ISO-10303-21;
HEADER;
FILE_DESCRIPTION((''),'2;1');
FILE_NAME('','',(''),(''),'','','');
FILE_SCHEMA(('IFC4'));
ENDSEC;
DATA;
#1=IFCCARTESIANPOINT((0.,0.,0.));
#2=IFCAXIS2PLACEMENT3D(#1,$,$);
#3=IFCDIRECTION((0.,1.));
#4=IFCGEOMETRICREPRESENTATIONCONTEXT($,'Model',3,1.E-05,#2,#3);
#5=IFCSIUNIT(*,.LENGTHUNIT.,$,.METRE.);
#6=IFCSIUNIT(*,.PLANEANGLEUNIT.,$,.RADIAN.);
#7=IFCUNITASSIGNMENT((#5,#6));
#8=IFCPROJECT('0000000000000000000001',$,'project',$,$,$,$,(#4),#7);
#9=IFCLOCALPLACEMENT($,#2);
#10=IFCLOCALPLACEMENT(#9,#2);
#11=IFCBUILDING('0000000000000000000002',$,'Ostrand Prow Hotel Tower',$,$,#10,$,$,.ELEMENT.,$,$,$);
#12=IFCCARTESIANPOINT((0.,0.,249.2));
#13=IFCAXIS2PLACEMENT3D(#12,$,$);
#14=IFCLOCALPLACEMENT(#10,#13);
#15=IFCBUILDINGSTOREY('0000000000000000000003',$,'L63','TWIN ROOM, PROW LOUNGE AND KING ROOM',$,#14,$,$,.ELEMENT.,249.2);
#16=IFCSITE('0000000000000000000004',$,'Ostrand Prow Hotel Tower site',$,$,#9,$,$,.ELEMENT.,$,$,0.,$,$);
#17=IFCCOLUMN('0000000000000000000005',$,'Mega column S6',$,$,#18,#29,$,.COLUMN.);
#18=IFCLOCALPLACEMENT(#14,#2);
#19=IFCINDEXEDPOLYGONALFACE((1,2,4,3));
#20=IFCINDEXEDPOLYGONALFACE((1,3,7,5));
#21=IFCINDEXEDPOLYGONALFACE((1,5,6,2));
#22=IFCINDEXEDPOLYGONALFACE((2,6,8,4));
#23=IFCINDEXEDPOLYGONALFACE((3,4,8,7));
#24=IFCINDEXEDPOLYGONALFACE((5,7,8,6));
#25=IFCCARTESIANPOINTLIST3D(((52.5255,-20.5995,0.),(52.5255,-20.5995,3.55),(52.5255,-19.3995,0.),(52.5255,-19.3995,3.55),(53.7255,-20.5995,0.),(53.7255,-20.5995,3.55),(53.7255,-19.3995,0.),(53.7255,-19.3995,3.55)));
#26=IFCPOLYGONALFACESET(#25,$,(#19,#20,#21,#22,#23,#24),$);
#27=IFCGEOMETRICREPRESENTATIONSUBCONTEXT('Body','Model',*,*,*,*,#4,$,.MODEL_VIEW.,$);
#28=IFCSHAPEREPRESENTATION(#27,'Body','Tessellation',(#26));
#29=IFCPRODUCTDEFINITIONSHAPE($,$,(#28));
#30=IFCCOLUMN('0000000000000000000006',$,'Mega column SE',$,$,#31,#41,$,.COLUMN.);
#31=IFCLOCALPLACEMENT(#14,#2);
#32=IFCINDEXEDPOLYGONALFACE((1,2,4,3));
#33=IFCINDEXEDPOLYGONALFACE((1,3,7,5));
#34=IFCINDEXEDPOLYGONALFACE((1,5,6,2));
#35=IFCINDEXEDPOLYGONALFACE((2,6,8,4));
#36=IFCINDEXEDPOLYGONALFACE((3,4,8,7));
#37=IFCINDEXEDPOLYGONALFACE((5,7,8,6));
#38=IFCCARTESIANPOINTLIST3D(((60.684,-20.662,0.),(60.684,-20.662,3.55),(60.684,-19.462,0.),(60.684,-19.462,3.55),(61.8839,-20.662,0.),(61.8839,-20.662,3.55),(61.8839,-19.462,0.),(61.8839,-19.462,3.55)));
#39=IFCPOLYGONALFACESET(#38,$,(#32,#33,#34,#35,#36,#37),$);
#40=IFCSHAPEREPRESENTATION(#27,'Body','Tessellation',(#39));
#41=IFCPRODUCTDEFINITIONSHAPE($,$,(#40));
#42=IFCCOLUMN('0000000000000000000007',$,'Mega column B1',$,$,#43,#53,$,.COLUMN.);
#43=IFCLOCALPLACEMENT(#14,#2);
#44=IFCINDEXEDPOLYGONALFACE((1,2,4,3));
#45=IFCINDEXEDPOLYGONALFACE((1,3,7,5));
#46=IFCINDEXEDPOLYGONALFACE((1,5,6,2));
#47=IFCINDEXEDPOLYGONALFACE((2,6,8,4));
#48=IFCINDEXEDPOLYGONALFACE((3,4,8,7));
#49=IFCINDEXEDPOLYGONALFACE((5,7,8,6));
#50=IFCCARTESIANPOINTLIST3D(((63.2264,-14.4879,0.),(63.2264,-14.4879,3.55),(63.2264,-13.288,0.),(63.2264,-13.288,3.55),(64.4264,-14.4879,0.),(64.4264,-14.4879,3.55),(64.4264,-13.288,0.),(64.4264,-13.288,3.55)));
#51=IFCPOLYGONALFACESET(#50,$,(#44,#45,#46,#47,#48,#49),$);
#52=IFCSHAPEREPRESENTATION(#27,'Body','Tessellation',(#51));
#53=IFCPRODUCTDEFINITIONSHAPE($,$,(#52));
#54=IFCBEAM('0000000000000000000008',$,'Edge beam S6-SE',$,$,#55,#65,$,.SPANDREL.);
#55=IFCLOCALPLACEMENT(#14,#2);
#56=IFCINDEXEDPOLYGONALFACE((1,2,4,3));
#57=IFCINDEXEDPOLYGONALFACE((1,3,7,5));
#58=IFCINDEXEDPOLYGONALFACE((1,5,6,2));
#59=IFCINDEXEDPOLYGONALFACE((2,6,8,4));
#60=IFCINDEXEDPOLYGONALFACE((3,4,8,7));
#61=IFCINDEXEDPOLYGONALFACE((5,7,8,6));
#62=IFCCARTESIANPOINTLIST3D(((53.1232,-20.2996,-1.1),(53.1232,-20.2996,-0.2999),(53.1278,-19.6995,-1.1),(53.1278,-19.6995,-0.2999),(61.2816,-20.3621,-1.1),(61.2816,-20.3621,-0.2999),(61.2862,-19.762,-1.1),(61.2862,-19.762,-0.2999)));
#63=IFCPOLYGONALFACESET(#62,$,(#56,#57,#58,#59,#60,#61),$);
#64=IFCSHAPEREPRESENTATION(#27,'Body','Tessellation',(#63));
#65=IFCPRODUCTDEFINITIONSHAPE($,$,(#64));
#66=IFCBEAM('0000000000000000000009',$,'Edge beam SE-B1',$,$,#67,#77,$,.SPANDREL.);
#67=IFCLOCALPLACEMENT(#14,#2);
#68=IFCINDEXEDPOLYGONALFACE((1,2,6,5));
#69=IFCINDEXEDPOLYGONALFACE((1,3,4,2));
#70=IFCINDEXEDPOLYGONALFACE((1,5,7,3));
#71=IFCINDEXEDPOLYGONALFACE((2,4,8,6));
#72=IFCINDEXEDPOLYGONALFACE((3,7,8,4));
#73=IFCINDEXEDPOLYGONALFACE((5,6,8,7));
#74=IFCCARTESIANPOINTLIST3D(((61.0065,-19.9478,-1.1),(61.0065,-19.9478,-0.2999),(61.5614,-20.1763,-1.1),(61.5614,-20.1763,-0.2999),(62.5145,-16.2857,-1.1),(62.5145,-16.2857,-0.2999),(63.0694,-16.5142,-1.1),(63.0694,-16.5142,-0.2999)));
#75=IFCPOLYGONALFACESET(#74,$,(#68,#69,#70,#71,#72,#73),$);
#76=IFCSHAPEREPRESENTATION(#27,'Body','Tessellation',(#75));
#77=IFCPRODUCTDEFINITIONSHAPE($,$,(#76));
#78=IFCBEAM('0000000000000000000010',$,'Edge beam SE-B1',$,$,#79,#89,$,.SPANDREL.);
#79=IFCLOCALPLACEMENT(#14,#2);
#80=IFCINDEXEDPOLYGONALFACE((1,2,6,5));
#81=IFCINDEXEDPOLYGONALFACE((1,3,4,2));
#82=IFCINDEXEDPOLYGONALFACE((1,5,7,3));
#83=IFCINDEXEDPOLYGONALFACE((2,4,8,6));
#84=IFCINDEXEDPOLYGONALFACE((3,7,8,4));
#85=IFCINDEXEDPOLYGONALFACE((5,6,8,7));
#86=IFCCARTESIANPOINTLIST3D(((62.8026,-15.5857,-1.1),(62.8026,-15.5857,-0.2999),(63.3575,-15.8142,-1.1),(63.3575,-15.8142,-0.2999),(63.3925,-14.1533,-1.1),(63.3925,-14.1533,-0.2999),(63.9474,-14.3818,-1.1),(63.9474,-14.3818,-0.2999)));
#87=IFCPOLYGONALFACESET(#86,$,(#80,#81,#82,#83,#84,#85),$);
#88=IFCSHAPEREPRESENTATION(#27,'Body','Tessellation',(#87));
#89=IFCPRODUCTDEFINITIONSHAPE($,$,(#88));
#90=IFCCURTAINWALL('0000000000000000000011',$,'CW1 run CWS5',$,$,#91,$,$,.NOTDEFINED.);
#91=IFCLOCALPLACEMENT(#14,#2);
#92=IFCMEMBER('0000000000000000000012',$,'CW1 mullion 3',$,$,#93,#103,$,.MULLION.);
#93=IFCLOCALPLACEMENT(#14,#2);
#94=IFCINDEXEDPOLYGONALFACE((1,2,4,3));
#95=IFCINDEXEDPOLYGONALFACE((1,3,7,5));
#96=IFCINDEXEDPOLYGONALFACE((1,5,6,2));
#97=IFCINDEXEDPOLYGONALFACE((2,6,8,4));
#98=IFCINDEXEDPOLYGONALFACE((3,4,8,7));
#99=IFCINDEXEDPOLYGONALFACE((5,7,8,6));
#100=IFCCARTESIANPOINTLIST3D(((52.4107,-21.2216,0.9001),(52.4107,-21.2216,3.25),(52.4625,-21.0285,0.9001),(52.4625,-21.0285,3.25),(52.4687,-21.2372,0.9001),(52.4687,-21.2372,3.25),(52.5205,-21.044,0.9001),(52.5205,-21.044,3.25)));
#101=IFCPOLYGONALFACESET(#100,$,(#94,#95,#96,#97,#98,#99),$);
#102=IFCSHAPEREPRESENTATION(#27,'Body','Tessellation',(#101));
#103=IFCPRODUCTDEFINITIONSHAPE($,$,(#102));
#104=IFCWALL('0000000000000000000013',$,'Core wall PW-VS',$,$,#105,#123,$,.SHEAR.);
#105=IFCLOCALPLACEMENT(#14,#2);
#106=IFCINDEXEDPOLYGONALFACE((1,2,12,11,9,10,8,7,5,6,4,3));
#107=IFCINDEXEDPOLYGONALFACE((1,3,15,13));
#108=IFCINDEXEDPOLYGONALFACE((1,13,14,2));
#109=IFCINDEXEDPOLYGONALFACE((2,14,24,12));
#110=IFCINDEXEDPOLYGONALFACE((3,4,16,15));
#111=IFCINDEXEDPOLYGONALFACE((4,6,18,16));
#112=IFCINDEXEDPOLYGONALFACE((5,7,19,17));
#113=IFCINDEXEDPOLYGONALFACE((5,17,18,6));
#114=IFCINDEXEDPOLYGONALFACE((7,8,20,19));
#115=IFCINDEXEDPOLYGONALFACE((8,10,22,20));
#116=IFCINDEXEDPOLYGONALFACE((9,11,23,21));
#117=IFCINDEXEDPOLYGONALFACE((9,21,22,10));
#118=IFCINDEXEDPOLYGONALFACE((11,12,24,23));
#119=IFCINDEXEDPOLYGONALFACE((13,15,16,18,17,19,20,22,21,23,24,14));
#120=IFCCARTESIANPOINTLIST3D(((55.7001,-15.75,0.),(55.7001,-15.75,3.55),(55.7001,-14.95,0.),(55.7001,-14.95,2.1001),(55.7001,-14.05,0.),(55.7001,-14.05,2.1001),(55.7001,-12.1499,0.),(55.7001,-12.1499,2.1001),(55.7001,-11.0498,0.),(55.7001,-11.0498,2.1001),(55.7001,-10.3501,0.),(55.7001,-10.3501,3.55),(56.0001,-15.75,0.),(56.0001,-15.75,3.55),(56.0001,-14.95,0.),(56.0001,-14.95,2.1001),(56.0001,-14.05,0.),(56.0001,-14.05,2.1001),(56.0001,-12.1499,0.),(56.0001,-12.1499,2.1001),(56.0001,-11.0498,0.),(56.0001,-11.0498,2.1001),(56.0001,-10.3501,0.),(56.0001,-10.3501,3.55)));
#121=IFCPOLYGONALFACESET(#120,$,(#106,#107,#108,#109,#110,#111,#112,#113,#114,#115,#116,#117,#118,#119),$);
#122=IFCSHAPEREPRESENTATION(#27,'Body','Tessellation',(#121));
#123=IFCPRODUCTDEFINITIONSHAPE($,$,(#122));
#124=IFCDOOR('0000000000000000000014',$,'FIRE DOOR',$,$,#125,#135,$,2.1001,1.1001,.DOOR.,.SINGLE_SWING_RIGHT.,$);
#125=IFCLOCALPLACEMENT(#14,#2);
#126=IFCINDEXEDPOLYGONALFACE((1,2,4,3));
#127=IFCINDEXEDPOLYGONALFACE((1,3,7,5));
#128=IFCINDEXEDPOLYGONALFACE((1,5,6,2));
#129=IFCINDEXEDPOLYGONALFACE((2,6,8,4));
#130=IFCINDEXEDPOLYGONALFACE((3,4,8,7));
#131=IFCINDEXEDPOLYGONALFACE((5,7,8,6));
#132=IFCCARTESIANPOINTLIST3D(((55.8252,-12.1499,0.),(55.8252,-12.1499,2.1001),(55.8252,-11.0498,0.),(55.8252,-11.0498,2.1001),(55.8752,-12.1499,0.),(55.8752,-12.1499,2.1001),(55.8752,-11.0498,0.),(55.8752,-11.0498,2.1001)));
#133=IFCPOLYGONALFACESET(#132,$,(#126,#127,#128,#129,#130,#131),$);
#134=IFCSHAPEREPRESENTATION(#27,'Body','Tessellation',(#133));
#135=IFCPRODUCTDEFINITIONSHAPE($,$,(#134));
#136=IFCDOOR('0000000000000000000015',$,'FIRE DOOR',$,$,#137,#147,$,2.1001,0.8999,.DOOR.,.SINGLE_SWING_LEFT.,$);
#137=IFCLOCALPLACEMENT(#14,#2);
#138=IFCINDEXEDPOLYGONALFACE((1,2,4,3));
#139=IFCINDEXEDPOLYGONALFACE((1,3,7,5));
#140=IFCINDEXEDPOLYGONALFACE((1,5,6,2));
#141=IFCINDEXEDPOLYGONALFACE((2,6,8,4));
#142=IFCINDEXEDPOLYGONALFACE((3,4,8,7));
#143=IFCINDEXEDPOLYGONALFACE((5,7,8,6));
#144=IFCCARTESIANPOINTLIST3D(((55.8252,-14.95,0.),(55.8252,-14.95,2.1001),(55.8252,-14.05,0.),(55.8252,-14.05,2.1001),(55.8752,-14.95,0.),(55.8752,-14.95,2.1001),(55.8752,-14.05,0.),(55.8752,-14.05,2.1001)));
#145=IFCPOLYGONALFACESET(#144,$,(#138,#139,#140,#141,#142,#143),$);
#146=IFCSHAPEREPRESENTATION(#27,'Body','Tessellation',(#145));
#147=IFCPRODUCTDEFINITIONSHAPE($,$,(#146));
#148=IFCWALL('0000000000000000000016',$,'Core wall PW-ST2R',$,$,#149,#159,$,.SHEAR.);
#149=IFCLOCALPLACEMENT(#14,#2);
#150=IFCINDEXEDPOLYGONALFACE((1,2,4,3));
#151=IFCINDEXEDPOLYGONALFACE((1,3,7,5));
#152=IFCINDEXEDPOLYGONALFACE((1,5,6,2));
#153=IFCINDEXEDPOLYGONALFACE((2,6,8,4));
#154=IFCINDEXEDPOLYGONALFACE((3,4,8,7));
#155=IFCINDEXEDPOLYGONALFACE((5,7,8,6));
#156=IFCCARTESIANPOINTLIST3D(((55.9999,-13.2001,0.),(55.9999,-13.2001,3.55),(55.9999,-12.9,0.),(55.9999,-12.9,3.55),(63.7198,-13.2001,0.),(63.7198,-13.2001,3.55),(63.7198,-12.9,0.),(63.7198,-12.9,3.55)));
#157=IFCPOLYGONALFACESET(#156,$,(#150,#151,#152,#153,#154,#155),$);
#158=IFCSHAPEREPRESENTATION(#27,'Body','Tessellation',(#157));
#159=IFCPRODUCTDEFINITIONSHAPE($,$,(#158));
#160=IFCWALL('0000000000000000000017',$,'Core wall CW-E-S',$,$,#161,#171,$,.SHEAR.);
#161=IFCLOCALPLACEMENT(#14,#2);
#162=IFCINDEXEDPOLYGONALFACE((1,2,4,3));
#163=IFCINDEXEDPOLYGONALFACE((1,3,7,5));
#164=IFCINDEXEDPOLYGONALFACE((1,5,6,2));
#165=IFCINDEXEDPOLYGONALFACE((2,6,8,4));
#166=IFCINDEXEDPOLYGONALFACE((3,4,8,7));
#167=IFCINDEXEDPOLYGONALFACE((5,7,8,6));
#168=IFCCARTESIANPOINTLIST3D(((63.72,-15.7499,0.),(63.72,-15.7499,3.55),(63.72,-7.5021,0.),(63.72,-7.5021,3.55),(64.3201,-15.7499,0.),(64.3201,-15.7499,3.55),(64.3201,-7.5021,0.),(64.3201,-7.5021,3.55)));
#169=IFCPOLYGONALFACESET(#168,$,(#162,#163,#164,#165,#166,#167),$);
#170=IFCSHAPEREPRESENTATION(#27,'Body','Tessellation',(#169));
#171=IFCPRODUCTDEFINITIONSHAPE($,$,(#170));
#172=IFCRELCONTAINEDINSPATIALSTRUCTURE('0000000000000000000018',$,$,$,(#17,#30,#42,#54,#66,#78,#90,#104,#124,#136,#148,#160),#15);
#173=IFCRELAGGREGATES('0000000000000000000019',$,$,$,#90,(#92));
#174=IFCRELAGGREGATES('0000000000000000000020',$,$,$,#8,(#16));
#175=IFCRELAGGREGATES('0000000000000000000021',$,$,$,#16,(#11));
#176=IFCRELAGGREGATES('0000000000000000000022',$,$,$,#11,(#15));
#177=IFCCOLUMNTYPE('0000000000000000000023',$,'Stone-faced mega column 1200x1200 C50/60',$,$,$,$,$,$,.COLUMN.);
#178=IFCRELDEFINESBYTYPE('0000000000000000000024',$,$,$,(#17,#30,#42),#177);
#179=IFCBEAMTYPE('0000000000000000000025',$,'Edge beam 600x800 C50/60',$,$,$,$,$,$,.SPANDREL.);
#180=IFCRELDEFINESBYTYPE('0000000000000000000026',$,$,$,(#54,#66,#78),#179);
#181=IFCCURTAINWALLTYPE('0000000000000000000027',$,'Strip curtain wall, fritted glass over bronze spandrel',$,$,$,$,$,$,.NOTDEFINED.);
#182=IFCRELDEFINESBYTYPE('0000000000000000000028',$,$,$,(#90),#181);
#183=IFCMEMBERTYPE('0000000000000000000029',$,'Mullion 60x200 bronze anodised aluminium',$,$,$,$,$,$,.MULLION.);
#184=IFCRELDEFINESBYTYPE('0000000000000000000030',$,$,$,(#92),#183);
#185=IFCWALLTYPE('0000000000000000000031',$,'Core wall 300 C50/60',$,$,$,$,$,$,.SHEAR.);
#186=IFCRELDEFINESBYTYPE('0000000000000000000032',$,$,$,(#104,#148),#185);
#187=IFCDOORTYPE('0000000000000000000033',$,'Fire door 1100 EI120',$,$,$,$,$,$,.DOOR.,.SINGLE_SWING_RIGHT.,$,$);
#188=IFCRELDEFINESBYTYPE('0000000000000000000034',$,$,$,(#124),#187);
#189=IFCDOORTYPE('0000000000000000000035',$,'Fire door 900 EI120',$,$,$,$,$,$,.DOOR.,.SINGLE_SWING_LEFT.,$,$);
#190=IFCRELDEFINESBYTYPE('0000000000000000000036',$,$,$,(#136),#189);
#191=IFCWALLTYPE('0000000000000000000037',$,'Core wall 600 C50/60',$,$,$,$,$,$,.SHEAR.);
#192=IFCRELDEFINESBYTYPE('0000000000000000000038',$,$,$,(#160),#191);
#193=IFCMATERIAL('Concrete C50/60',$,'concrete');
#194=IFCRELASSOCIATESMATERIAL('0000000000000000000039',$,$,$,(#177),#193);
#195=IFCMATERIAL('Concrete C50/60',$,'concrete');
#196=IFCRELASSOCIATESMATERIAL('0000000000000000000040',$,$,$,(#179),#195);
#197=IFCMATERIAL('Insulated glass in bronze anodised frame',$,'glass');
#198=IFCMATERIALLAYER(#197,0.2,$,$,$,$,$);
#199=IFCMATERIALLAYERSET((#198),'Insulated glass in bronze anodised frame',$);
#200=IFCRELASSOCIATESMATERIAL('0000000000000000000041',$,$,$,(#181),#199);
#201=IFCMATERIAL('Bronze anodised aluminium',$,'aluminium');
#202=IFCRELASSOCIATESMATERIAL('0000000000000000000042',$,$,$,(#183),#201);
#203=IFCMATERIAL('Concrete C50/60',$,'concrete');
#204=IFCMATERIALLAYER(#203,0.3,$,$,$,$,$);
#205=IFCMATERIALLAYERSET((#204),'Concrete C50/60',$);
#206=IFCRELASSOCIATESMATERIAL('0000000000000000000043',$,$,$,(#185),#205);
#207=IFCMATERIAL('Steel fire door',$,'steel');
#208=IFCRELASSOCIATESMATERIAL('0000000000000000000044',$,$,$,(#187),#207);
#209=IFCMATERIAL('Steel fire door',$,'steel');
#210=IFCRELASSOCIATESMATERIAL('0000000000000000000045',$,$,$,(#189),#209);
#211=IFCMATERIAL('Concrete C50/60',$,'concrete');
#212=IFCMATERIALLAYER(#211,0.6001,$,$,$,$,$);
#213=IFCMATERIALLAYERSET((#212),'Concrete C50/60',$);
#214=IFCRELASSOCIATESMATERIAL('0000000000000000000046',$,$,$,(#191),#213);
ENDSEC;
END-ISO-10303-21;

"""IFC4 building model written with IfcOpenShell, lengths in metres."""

from ifc_helpers import new_model, si_unit, direction, frame, frame_2d, origin, origin_2d, place, context, subcontext, project, spatial, rectangle, extrude, material, layer, layer_set, material_profile, profile_set, type_object, element, fill, aggregate, save


model = new_model("IFC4")

# Units and contexts
model_context = context("Model", 3, precision=1e-05, world=origin(), true_north=direction((0.0, 1.0)))
body_context = subcontext(model_context, "Body", "Model", "MODEL_VIEW")
ifc_project = project(units=[si_unit("LENGTHUNIT", "METRE"), si_unit("PLANEANGLEUNIT", "RADIAN")], contexts=[model_context])

# Site, building, storey
site_placement = place(None, origin())
site = spatial("IfcSite", under=ifc_project, at=site_placement, Name="Ostrand Prow Hotel Tower site", CompositionType="ELEMENT", RefElevation=0.0)
building_placement = place(site_placement, origin())
building = spatial("IfcBuilding", under=site, at=building_placement, Name="Ostrand Prow Hotel Tower", CompositionType="ELEMENT")
storey_placement = place(building_placement, frame((0.0, 0.0, 249.2)))
storey = spatial("IfcBuildingStorey", under=building, at=storey_placement, Name="L63", Description="TWIN ROOM, PROW LOUNGE AND KING ROOM", CompositionType="ELEMENT", Elevation=249.2)

# Columns
ifc_material_1 = material(Name="Concrete C50/60", Category="concrete")
ifc_material_profile_1 = material_profile(ifc_material_1, rectangle(XDim=1.2, YDim=1.2, at=origin_2d()), Name="RC 1200x1200")
ifc_profile_set_1 = profile_set([ifc_material_profile_1], Name="Concrete C50/60")
column_type = type_object("IfcColumnType", Name="Stone-faced mega column 1200x1200 C50/60", PredefinedType="COLUMN", material=ifc_profile_set_1)
for number, where, z_axis, x_axis, name in (
    (1, (53.1255, -19.9995, 0.0), (0.0, 0.0, 1.0), (1.0, 0.0, 0.0), "Mega column S6"),
    (2, (61.2839, -20.062, 0.0), (0.0, 0.0, 1.0), (1.0, 0.0, 0.0), "Mega column SE"),
    (3, (63.8264, -13.8879, 0.0), (0.0, 0.0, 1.0), (1.0, 0.0, 0.0), "Mega column B1"),
):
    element("IfcColumn", number, at=place(storey_placement, frame(where, z_axis=z_axis, x_axis=x_axis)), inside=storey, type_object=column_type, Name=name, PredefinedType="COLUMN", context=body_context, shape_type="SweptSolid", body=[
        extrude(rectangle(XDim=1.2, YDim=1.2, at=origin_2d()), origin(), (0.0, 0.0, 1.0), 3.55),
    ])

# Beams
ifc_material_2 = material(Name="Concrete C50/60", Category="concrete")
ifc_material_profile_2 = material_profile(ifc_material_2, rectangle(XDim=0.6001, YDim=0.8, at=origin_2d()), Name="RC 600x800")
ifc_profile_set_2 = profile_set([ifc_material_profile_2], Name="Concrete C50/60")
beam_type = type_object("IfcBeamType", Name="Edge beam 600x800 C50/60", PredefinedType="SPANDREL", material=ifc_profile_set_2)
beam_1_placement = place(storey_placement, frame((53.1255, -19.9995, -0.7), z_axis=(0.999971, -0.007661, 0.0), x_axis=(0.007661, 0.999971, 0.0)))
element("IfcBeam", 4, at=beam_1_placement, inside=storey, type_object=beam_type, Name="Edge beam S6-SE", PredefinedType="SPANDREL", context=body_context, shape_type="SweptSolid", body=[
    extrude(rectangle(XDim=0.6001, YDim=0.8, at=origin_2d()), origin(), (0.0, 0.0, 1.0), 8.1587),
])
beam_2_placement = place(storey_placement, frame((61.2839, -20.062, -0.7), z_axis=(0.380778, 0.924667, 0.0), x_axis=(-0.924667, 0.380778, 0.0)))
element("IfcBeam", 5, at=beam_2_placement, inside=storey, type_object=beam_type, Name="Edge beam SE-B1", PredefinedType="SPANDREL", context=body_context, shape_type="SweptSolid", body=[
    extrude(rectangle(XDim=0.6001, YDim=0.8, at=origin_2d()), origin(), (0.0, 0.0, 1.0), 3.9604),
])
beam_3_placement = place(storey_placement, frame((63.0801, -15.7, -0.7), z_axis=(0.380774, 0.924668, 0.0), x_axis=(-0.924668, 0.380774, 0.0)))
element("IfcBeam", 6, at=beam_3_placement, inside=storey, type_object=beam_type, Name="Edge beam SE-B1", PredefinedType="SPANDREL", context=body_context, shape_type="SweptSolid", body=[
    extrude(rectangle(XDim=0.6001, YDim=0.8, at=origin_2d()), origin(), (0.0, 0.0, 1.0), 1.5491),
])

# Curtain wall, member
ifc_material_3 = material(Name="Insulated glass in bronze anodised frame", Category="glass")
ifc_layer_1 = layer(ifc_material_3, 0.2)
ifc_layer_set_1 = layer_set([ifc_layer_1], Name="Insulated glass in bronze anodised frame")
curtain_wall_type = type_object("IfcCurtainWallType", Name="Strip curtain wall, fritted glass over bronze spandrel", PredefinedType="NOTDEFINED", material=ifc_layer_set_1)
curtain_wall_placement = place(storey_placement, origin())
curtain_wall = element("IfcCurtainWall", 7, at=curtain_wall_placement, inside=storey, type_object=curtain_wall_type, Name="CW1 run CWS5", PredefinedType="NOTDEFINED")
ifc_material_4 = material(Name="Bronze anodised aluminium", Category="aluminium")
ifc_material_profile_3 = material_profile(ifc_material_4, rectangle(XDim=0.2, YDim=0.0601, at=origin_2d()), Name="Mullion 60x200 bronze anodised aluminium")
ifc_profile_set_3 = profile_set([ifc_material_profile_3], Name="Bronze anodised aluminium")
member_type = type_object("IfcMemberType", Name="Mullion 60x200 bronze anodised aluminium", PredefinedType="MULLION", material=ifc_profile_set_3)
member_placement = place(storey_placement, frame((52.4656, -21.1328, 0.9001), z_axis=(0.0, 0.0, 1.0), x_axis=(0.258994, 0.965879, 0.0)))
member = element("IfcMember", 8, at=member_placement, type_object=member_type, Name="CW1 mullion 3", PredefinedType="MULLION", context=body_context, shape_type="SweptSolid", body=[
    extrude(rectangle(XDim=0.2, YDim=0.0601, at=origin_2d()), origin(), (0.0, 0.0, 1.0), 2.3499),
])
aggregate(curtain_wall, [member])

# Wall, openings, doors
ifc_material_5 = material(Name="Concrete C50/60", Category="concrete")
ifc_layer_2 = layer(ifc_material_5, 0.3)
ifc_layer_set_2 = layer_set([ifc_layer_2], Name="Concrete C50/60")
wall_type_1 = type_object("IfcWallType", Name="Core wall 300 C50/60", PredefinedType="SHEAR", material=ifc_layer_set_2)
wall_1_placement = place(storey_placement, frame((55.8501, -15.75, 0.0), z_axis=(0.0, 0.0, 1.0), x_axis=(0.0, 1.0, 0.0)))
wall_1 = element("IfcWall", 9, at=wall_1_placement, inside=storey, type_object=wall_type_1, Name="Core wall PW-VS", PredefinedType="SHEAR", context=body_context, shape_type="SweptSolid", body=[
    extrude(rectangle(XDim=5.3999, YDim=0.3, at=frame_2d((2.7, 0.0))), origin(), (0.0, 0.0, 1.0), 3.55),
])
opening_1_placement = place(wall_1_placement, frame((3.6001, 0.0, 0.0)))
opening_1 = element("IfcOpeningElement", 10, at=opening_1_placement, cuts=wall_1, PredefinedType="OPENING", context=body_context, shape_type="SweptSolid", body=[
    extrude(rectangle(XDim=1.1001, YDim=2.1001, at=frame_2d((0.55, 1.05))), frame((0.0, 0.1599, 0.0), z_axis=(0.0, -1.0, 0.0), x_axis=(1.0, 0.0, 0.0)), (0.0, 0.0, 1.0), 0.3201),
])
opening_2_placement = place(wall_1_placement, frame((0.8, 0.0, 0.0)))
opening_2 = element("IfcOpeningElement", 11, at=opening_2_placement, cuts=wall_1, PredefinedType="OPENING", context=body_context, shape_type="SweptSolid", body=[
    extrude(rectangle(XDim=0.8999, YDim=2.1001, at=frame_2d((0.45, 1.05))), frame((0.0, 0.1599, 0.0), z_axis=(0.0, -1.0, 0.0), x_axis=(1.0, 0.0, 0.0)), (0.0, 0.0, 1.0), 0.3201),
])
ifc_material_6 = material(Name="Steel fire door", Category="steel")
door_type_1 = type_object("IfcDoorType", Name="Fire door 1100 EI120", OperationType="SINGLE_SWING_RIGHT", PredefinedType="DOOR", material=ifc_material_6)
door_1_placement = place(opening_1_placement, origin())
door_1 = element("IfcDoor", 12, at=door_1_placement, inside=storey, type_object=door_type_1, Name="FIRE DOOR", OperationType="SINGLE_SWING_RIGHT", OverallHeight=2.1001, OverallWidth=1.1001, PredefinedType="DOOR", context=body_context, shape_type="SweptSolid", body=[
    extrude(rectangle(XDim=1.1001, YDim=2.1001, at=frame_2d((0.55, 1.05))), frame((0.0, 0.0249, 0.0), z_axis=(0.0, -1.0, 0.0), x_axis=(1.0, 0.0, 0.0)), (0.0, 0.0, 1.0), 0.05),
])
fill(opening_1, door_1)
ifc_material_7 = material(Name="Steel fire door", Category="steel")
door_type_2 = type_object("IfcDoorType", Name="Fire door 900 EI120", OperationType="SINGLE_SWING_LEFT", PredefinedType="DOOR", material=ifc_material_7)
door_2_placement = place(opening_2_placement, origin())
door_2 = element("IfcDoor", 13, at=door_2_placement, inside=storey, type_object=door_type_2, Name="FIRE DOOR", OperationType="SINGLE_SWING_LEFT", OverallHeight=2.1001, OverallWidth=0.8999, PredefinedType="DOOR", context=body_context, shape_type="SweptSolid", body=[
    extrude(rectangle(XDim=0.8999, YDim=2.1001, at=frame_2d((0.45, 1.05))), frame((0.0, 0.0249, 0.0), z_axis=(0.0, -1.0, 0.0), x_axis=(1.0, 0.0, 0.0)), (0.0, 0.0, 1.0), 0.05),
])
fill(opening_2, door_2)

# Walls
wall_2_placement = place(storey_placement, frame((56.0, -13.05, 0.0), z_axis=(0.0, 0.0, 1.0), x_axis=(1.0, 0.0, 0.0)))
element("IfcWall", 14, at=wall_2_placement, inside=storey, type_object=wall_type_1, Name="Core wall PW-ST2R", PredefinedType="SHEAR", context=body_context, shape_type="SweptSolid", body=[
    extrude(rectangle(XDim=7.72, YDim=0.3, at=frame_2d((3.8599, 0.0))), origin(), (0.0, 0.0, 1.0), 3.55),
])
ifc_material_8 = material(Name="Concrete C50/60", Category="concrete")
ifc_layer_3 = layer(ifc_material_8, 0.6001)
ifc_layer_set_3 = layer_set([ifc_layer_3], Name="Concrete C50/60")
wall_type_2 = type_object("IfcWallType", Name="Core wall 600 C50/60", PredefinedType="SHEAR", material=ifc_layer_set_3)
wall_3_placement = place(storey_placement, frame((64.02, -15.75, 0.0), z_axis=(0.0, 0.0, 1.0), x_axis=(0.0, 1.0, 0.0)))
element("IfcWall", 15, at=wall_3_placement, inside=storey, type_object=wall_type_2, Name="Core wall CW-E-S", PredefinedType="SHEAR", context=body_context, shape_type="SweptSolid", body=[
    extrude(rectangle(XDim=8.2478, YDim=0.6001, at=frame_2d((4.124, 0.0))), origin(), (0.0, 0.0, 1.0), 3.55),
])

save(model, "model.ifc")
